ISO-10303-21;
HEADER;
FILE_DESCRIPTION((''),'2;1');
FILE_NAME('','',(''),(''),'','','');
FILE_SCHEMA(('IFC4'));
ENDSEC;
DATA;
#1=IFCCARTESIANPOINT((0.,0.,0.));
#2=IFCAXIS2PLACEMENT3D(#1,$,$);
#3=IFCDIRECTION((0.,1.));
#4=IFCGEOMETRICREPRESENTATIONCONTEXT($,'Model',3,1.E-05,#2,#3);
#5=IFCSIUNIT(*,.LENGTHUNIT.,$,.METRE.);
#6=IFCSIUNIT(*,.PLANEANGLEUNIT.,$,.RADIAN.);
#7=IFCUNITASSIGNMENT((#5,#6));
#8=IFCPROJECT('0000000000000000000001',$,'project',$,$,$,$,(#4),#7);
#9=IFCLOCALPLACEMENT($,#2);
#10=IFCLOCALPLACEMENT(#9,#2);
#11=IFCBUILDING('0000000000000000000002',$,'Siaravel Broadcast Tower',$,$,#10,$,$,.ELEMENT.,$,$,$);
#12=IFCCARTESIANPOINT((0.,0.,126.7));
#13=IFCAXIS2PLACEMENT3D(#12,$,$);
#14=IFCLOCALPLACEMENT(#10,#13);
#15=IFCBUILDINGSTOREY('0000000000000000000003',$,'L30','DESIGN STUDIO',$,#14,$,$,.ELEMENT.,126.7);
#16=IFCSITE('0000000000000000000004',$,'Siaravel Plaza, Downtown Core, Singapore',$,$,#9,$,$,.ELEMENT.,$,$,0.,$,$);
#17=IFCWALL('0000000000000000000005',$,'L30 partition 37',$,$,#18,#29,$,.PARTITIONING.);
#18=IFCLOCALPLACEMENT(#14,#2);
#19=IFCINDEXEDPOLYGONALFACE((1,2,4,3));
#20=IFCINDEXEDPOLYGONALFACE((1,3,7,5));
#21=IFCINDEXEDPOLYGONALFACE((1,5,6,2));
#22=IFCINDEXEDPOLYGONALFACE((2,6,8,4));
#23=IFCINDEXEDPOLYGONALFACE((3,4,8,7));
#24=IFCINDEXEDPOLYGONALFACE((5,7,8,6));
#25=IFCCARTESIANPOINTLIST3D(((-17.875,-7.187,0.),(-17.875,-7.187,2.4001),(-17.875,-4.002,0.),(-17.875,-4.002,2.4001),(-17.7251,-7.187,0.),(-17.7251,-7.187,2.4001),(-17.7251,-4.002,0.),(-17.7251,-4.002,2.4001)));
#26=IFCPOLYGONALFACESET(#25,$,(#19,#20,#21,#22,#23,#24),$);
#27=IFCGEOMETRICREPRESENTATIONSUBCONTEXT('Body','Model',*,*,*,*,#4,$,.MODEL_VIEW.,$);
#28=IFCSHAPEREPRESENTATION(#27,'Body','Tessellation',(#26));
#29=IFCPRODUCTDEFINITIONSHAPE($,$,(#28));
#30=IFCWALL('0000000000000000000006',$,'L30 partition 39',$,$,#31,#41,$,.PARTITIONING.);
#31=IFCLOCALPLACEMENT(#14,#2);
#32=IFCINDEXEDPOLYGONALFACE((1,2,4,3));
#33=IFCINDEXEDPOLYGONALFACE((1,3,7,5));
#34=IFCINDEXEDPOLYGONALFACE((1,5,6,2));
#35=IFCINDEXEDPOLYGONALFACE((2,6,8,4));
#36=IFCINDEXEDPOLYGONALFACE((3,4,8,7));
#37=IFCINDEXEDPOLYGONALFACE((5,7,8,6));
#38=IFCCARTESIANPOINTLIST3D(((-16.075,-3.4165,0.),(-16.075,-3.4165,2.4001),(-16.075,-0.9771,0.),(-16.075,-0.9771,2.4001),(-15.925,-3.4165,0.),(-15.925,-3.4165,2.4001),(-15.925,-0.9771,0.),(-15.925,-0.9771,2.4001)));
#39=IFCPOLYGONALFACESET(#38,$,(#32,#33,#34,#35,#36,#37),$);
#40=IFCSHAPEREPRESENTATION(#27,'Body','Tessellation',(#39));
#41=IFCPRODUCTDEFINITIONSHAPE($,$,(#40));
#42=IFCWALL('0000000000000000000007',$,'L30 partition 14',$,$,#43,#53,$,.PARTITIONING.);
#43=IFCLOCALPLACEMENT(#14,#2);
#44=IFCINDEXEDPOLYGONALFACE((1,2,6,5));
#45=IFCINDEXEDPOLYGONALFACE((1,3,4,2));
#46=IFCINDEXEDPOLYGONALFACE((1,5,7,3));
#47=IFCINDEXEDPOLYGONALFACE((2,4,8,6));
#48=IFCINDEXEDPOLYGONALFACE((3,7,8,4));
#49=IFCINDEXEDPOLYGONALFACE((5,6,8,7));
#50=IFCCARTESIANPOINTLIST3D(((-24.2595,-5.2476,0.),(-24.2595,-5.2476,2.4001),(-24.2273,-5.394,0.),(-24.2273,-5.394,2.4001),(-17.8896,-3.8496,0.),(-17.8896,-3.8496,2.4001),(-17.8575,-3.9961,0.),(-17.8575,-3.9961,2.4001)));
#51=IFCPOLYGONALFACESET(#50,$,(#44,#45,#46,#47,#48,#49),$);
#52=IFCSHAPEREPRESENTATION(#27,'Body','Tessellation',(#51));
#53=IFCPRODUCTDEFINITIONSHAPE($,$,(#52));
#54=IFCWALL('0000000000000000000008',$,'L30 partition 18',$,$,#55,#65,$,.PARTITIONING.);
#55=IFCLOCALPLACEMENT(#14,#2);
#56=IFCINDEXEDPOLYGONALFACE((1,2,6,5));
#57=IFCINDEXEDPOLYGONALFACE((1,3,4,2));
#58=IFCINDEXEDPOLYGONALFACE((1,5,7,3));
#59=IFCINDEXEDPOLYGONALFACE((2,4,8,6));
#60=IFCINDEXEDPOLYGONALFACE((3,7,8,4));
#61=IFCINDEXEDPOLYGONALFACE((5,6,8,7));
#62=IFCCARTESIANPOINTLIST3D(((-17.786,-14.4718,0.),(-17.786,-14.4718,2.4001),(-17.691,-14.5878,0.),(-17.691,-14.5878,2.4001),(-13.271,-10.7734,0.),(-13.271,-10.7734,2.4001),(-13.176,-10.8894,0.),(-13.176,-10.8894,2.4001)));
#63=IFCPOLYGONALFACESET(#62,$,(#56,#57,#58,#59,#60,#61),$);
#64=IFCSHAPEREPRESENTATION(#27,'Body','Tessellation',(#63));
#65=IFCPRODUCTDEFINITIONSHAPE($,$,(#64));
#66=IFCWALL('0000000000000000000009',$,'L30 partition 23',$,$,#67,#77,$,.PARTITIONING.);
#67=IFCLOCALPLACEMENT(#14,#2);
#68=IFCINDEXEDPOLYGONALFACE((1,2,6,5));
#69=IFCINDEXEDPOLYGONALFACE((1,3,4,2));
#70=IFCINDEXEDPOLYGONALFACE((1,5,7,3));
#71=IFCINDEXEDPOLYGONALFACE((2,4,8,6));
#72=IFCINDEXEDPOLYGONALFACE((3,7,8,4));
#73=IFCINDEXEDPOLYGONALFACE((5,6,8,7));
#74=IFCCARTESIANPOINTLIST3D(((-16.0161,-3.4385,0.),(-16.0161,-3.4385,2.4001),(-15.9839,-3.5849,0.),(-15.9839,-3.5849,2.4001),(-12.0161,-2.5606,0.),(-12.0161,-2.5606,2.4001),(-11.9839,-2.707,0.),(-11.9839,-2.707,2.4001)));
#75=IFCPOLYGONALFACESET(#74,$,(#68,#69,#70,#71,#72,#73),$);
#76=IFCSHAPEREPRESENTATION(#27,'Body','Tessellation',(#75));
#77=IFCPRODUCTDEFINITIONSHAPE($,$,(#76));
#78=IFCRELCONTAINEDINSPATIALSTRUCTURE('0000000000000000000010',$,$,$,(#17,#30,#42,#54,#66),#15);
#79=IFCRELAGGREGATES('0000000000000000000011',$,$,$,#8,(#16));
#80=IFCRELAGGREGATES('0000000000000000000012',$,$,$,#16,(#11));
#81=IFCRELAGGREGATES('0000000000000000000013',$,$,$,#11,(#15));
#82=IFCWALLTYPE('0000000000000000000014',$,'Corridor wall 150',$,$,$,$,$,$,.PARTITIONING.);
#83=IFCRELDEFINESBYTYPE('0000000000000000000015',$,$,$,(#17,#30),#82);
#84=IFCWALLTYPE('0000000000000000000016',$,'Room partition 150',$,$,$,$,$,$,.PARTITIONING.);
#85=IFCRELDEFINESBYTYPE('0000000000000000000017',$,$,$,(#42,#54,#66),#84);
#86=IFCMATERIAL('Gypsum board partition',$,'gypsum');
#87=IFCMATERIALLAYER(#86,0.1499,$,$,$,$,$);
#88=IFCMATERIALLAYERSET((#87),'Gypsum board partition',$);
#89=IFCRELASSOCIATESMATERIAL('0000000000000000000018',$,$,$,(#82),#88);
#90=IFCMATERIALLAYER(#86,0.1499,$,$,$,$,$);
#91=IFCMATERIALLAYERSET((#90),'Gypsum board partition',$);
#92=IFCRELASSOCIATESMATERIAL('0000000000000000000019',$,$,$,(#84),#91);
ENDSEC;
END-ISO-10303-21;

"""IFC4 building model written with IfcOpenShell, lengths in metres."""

from ifc_helpers import new_model, si_unit, direction, frame, frame_2d, origin, place, context, subcontext, project, spatial, rectangle, extrude, material, layer, layer_set, type_object, element, save


model = new_model("IFC4")

# Units and contexts
model_context = context("Model", 3, precision=1e-05, world=origin(), true_north=direction((0.0, 1.0)))
body_context = subcontext(model_context, "Body", "Model", "MODEL_VIEW")
ifc_project = project(units=[si_unit("LENGTHUNIT", "METRE"), si_unit("PLANEANGLEUNIT", "RADIAN")], contexts=[model_context])

# Site, building, storey
site_placement = place(None, origin())
site = spatial("IfcSite", under=ifc_project, at=site_placement, Name="Siaravel Plaza, Downtown Core, Singapore", CompositionType="ELEMENT", RefElevation=0.0)
building_placement = place(site_placement, origin())
building = spatial("IfcBuilding", under=site, at=building_placement, Name="Siaravel Broadcast Tower", CompositionType="ELEMENT")
storey_placement = place(building_placement, frame((0.0, 0.0, 126.7)))
storey = spatial("IfcBuildingStorey", under=building, at=storey_placement, Name="L30", Description="DESIGN STUDIO", CompositionType="ELEMENT", Elevation=126.7)

# Shared definitions
ifc_material_1 = material(Name="Gypsum board partition", Category="gypsum")
ifc_layer_1 = layer(ifc_material_1, 0.1499)
ifc_layer_set_1 = layer_set([ifc_layer_1], Name="Gypsum board partition")
wall_type_1 = type_object("IfcWallType", Name="Corridor wall 150", PredefinedType="PARTITIONING", material=ifc_layer_set_1)

# Walls
wall_1_placement = place(storey_placement, frame((-17.8, -4.002, 0.0), z_axis=(0.0, 0.0, 1.0), x_axis=(0.0, -1.0, 0.0)))
element("IfcWall", 1, at=wall_1_placement, inside=storey, type_object=wall_type_1, Name="L30 partition 37", PredefinedType="PARTITIONING", context=body_context, shape_type="SweptSolid", body=[
    extrude(rectangle(XDim=3.1851, YDim=0.1499, at=frame_2d((1.5925, 0.0))), origin(), (0.0, 0.0, 1.0), 2.4001),
])
wall_2_placement = place(storey_placement, frame((-16.0, -3.4165, 0.0), z_axis=(0.0, 0.0, 1.0), x_axis=(0.0, 1.0, 0.0)))
element("IfcWall", 2, at=wall_2_placement, inside=storey, type_object=wall_type_1, Name="L30 partition 39", PredefinedType="PARTITIONING", context=body_context, shape_type="SweptSolid", body=[
    extrude(rectangle(XDim=2.4395, YDim=0.1499, at=frame_2d((1.2197, 0.0))), origin(), (0.0, 0.0, 1.0), 2.4001),
])
ifc_layer_2 = layer(ifc_material_1, 0.1499)
ifc_layer_set_2 = layer_set([ifc_layer_2], Name="Gypsum board partition")
wall_type_2 = type_object("IfcWallType", Name="Room partition 150", PredefinedType="PARTITIONING", material=ifc_layer_set_2)
wall_3_placement = place(storey_placement, frame((-24.2434, -5.3208, 0.0), z_axis=(0.0, 0.0, 1.0), x_axis=(0.976754, 0.214361, 0.0)))
element("IfcWall", 3, at=wall_3_placement, inside=storey, type_object=wall_type_2, Name="L30 partition 14", PredefinedType="PARTITIONING", context=body_context, shape_type="SweptSolid", body=[
    extrude(rectangle(XDim=6.5215, YDim=0.1499, at=frame_2d((3.2607, 0.0))), origin(), (0.0, 0.0, 1.0), 2.4001),
])
wall_4_placement = place(storey_placement, frame((-17.7385, -14.5298, 0.0), z_axis=(0.0, 0.0, 1.0), x_axis=(0.773597, 0.633677, 0.0)))
element("IfcWall", 4, at=wall_4_placement, inside=storey, type_object=wall_type_2, Name="L30 partition 18", PredefinedType="PARTITIONING", context=body_context, shape_type="SweptSolid", body=[
    extrude(rectangle(XDim=5.8364, YDim=0.1499, at=frame_2d((2.9182, 0.0))), origin(), (0.0, 0.0, 1.0), 2.4001),
])
wall_5_placement = place(storey_placement, frame((-16.0, -3.5117, 0.0), z_axis=(0.0, 0.0, 1.0), x_axis=(0.97675, 0.21438, 0.0)))
element("IfcWall", 5, at=wall_5_placement, inside=storey, type_object=wall_type_2, Name="L30 partition 23", PredefinedType="PARTITIONING", context=body_context, shape_type="SweptSolid", body=[
    extrude(rectangle(XDim=4.0952, YDim=0.1499, at=frame_2d((2.0476, 0.0))), origin(), (0.0, 0.0, 1.0), 2.4001),
])

save(model, "model.ifc")
